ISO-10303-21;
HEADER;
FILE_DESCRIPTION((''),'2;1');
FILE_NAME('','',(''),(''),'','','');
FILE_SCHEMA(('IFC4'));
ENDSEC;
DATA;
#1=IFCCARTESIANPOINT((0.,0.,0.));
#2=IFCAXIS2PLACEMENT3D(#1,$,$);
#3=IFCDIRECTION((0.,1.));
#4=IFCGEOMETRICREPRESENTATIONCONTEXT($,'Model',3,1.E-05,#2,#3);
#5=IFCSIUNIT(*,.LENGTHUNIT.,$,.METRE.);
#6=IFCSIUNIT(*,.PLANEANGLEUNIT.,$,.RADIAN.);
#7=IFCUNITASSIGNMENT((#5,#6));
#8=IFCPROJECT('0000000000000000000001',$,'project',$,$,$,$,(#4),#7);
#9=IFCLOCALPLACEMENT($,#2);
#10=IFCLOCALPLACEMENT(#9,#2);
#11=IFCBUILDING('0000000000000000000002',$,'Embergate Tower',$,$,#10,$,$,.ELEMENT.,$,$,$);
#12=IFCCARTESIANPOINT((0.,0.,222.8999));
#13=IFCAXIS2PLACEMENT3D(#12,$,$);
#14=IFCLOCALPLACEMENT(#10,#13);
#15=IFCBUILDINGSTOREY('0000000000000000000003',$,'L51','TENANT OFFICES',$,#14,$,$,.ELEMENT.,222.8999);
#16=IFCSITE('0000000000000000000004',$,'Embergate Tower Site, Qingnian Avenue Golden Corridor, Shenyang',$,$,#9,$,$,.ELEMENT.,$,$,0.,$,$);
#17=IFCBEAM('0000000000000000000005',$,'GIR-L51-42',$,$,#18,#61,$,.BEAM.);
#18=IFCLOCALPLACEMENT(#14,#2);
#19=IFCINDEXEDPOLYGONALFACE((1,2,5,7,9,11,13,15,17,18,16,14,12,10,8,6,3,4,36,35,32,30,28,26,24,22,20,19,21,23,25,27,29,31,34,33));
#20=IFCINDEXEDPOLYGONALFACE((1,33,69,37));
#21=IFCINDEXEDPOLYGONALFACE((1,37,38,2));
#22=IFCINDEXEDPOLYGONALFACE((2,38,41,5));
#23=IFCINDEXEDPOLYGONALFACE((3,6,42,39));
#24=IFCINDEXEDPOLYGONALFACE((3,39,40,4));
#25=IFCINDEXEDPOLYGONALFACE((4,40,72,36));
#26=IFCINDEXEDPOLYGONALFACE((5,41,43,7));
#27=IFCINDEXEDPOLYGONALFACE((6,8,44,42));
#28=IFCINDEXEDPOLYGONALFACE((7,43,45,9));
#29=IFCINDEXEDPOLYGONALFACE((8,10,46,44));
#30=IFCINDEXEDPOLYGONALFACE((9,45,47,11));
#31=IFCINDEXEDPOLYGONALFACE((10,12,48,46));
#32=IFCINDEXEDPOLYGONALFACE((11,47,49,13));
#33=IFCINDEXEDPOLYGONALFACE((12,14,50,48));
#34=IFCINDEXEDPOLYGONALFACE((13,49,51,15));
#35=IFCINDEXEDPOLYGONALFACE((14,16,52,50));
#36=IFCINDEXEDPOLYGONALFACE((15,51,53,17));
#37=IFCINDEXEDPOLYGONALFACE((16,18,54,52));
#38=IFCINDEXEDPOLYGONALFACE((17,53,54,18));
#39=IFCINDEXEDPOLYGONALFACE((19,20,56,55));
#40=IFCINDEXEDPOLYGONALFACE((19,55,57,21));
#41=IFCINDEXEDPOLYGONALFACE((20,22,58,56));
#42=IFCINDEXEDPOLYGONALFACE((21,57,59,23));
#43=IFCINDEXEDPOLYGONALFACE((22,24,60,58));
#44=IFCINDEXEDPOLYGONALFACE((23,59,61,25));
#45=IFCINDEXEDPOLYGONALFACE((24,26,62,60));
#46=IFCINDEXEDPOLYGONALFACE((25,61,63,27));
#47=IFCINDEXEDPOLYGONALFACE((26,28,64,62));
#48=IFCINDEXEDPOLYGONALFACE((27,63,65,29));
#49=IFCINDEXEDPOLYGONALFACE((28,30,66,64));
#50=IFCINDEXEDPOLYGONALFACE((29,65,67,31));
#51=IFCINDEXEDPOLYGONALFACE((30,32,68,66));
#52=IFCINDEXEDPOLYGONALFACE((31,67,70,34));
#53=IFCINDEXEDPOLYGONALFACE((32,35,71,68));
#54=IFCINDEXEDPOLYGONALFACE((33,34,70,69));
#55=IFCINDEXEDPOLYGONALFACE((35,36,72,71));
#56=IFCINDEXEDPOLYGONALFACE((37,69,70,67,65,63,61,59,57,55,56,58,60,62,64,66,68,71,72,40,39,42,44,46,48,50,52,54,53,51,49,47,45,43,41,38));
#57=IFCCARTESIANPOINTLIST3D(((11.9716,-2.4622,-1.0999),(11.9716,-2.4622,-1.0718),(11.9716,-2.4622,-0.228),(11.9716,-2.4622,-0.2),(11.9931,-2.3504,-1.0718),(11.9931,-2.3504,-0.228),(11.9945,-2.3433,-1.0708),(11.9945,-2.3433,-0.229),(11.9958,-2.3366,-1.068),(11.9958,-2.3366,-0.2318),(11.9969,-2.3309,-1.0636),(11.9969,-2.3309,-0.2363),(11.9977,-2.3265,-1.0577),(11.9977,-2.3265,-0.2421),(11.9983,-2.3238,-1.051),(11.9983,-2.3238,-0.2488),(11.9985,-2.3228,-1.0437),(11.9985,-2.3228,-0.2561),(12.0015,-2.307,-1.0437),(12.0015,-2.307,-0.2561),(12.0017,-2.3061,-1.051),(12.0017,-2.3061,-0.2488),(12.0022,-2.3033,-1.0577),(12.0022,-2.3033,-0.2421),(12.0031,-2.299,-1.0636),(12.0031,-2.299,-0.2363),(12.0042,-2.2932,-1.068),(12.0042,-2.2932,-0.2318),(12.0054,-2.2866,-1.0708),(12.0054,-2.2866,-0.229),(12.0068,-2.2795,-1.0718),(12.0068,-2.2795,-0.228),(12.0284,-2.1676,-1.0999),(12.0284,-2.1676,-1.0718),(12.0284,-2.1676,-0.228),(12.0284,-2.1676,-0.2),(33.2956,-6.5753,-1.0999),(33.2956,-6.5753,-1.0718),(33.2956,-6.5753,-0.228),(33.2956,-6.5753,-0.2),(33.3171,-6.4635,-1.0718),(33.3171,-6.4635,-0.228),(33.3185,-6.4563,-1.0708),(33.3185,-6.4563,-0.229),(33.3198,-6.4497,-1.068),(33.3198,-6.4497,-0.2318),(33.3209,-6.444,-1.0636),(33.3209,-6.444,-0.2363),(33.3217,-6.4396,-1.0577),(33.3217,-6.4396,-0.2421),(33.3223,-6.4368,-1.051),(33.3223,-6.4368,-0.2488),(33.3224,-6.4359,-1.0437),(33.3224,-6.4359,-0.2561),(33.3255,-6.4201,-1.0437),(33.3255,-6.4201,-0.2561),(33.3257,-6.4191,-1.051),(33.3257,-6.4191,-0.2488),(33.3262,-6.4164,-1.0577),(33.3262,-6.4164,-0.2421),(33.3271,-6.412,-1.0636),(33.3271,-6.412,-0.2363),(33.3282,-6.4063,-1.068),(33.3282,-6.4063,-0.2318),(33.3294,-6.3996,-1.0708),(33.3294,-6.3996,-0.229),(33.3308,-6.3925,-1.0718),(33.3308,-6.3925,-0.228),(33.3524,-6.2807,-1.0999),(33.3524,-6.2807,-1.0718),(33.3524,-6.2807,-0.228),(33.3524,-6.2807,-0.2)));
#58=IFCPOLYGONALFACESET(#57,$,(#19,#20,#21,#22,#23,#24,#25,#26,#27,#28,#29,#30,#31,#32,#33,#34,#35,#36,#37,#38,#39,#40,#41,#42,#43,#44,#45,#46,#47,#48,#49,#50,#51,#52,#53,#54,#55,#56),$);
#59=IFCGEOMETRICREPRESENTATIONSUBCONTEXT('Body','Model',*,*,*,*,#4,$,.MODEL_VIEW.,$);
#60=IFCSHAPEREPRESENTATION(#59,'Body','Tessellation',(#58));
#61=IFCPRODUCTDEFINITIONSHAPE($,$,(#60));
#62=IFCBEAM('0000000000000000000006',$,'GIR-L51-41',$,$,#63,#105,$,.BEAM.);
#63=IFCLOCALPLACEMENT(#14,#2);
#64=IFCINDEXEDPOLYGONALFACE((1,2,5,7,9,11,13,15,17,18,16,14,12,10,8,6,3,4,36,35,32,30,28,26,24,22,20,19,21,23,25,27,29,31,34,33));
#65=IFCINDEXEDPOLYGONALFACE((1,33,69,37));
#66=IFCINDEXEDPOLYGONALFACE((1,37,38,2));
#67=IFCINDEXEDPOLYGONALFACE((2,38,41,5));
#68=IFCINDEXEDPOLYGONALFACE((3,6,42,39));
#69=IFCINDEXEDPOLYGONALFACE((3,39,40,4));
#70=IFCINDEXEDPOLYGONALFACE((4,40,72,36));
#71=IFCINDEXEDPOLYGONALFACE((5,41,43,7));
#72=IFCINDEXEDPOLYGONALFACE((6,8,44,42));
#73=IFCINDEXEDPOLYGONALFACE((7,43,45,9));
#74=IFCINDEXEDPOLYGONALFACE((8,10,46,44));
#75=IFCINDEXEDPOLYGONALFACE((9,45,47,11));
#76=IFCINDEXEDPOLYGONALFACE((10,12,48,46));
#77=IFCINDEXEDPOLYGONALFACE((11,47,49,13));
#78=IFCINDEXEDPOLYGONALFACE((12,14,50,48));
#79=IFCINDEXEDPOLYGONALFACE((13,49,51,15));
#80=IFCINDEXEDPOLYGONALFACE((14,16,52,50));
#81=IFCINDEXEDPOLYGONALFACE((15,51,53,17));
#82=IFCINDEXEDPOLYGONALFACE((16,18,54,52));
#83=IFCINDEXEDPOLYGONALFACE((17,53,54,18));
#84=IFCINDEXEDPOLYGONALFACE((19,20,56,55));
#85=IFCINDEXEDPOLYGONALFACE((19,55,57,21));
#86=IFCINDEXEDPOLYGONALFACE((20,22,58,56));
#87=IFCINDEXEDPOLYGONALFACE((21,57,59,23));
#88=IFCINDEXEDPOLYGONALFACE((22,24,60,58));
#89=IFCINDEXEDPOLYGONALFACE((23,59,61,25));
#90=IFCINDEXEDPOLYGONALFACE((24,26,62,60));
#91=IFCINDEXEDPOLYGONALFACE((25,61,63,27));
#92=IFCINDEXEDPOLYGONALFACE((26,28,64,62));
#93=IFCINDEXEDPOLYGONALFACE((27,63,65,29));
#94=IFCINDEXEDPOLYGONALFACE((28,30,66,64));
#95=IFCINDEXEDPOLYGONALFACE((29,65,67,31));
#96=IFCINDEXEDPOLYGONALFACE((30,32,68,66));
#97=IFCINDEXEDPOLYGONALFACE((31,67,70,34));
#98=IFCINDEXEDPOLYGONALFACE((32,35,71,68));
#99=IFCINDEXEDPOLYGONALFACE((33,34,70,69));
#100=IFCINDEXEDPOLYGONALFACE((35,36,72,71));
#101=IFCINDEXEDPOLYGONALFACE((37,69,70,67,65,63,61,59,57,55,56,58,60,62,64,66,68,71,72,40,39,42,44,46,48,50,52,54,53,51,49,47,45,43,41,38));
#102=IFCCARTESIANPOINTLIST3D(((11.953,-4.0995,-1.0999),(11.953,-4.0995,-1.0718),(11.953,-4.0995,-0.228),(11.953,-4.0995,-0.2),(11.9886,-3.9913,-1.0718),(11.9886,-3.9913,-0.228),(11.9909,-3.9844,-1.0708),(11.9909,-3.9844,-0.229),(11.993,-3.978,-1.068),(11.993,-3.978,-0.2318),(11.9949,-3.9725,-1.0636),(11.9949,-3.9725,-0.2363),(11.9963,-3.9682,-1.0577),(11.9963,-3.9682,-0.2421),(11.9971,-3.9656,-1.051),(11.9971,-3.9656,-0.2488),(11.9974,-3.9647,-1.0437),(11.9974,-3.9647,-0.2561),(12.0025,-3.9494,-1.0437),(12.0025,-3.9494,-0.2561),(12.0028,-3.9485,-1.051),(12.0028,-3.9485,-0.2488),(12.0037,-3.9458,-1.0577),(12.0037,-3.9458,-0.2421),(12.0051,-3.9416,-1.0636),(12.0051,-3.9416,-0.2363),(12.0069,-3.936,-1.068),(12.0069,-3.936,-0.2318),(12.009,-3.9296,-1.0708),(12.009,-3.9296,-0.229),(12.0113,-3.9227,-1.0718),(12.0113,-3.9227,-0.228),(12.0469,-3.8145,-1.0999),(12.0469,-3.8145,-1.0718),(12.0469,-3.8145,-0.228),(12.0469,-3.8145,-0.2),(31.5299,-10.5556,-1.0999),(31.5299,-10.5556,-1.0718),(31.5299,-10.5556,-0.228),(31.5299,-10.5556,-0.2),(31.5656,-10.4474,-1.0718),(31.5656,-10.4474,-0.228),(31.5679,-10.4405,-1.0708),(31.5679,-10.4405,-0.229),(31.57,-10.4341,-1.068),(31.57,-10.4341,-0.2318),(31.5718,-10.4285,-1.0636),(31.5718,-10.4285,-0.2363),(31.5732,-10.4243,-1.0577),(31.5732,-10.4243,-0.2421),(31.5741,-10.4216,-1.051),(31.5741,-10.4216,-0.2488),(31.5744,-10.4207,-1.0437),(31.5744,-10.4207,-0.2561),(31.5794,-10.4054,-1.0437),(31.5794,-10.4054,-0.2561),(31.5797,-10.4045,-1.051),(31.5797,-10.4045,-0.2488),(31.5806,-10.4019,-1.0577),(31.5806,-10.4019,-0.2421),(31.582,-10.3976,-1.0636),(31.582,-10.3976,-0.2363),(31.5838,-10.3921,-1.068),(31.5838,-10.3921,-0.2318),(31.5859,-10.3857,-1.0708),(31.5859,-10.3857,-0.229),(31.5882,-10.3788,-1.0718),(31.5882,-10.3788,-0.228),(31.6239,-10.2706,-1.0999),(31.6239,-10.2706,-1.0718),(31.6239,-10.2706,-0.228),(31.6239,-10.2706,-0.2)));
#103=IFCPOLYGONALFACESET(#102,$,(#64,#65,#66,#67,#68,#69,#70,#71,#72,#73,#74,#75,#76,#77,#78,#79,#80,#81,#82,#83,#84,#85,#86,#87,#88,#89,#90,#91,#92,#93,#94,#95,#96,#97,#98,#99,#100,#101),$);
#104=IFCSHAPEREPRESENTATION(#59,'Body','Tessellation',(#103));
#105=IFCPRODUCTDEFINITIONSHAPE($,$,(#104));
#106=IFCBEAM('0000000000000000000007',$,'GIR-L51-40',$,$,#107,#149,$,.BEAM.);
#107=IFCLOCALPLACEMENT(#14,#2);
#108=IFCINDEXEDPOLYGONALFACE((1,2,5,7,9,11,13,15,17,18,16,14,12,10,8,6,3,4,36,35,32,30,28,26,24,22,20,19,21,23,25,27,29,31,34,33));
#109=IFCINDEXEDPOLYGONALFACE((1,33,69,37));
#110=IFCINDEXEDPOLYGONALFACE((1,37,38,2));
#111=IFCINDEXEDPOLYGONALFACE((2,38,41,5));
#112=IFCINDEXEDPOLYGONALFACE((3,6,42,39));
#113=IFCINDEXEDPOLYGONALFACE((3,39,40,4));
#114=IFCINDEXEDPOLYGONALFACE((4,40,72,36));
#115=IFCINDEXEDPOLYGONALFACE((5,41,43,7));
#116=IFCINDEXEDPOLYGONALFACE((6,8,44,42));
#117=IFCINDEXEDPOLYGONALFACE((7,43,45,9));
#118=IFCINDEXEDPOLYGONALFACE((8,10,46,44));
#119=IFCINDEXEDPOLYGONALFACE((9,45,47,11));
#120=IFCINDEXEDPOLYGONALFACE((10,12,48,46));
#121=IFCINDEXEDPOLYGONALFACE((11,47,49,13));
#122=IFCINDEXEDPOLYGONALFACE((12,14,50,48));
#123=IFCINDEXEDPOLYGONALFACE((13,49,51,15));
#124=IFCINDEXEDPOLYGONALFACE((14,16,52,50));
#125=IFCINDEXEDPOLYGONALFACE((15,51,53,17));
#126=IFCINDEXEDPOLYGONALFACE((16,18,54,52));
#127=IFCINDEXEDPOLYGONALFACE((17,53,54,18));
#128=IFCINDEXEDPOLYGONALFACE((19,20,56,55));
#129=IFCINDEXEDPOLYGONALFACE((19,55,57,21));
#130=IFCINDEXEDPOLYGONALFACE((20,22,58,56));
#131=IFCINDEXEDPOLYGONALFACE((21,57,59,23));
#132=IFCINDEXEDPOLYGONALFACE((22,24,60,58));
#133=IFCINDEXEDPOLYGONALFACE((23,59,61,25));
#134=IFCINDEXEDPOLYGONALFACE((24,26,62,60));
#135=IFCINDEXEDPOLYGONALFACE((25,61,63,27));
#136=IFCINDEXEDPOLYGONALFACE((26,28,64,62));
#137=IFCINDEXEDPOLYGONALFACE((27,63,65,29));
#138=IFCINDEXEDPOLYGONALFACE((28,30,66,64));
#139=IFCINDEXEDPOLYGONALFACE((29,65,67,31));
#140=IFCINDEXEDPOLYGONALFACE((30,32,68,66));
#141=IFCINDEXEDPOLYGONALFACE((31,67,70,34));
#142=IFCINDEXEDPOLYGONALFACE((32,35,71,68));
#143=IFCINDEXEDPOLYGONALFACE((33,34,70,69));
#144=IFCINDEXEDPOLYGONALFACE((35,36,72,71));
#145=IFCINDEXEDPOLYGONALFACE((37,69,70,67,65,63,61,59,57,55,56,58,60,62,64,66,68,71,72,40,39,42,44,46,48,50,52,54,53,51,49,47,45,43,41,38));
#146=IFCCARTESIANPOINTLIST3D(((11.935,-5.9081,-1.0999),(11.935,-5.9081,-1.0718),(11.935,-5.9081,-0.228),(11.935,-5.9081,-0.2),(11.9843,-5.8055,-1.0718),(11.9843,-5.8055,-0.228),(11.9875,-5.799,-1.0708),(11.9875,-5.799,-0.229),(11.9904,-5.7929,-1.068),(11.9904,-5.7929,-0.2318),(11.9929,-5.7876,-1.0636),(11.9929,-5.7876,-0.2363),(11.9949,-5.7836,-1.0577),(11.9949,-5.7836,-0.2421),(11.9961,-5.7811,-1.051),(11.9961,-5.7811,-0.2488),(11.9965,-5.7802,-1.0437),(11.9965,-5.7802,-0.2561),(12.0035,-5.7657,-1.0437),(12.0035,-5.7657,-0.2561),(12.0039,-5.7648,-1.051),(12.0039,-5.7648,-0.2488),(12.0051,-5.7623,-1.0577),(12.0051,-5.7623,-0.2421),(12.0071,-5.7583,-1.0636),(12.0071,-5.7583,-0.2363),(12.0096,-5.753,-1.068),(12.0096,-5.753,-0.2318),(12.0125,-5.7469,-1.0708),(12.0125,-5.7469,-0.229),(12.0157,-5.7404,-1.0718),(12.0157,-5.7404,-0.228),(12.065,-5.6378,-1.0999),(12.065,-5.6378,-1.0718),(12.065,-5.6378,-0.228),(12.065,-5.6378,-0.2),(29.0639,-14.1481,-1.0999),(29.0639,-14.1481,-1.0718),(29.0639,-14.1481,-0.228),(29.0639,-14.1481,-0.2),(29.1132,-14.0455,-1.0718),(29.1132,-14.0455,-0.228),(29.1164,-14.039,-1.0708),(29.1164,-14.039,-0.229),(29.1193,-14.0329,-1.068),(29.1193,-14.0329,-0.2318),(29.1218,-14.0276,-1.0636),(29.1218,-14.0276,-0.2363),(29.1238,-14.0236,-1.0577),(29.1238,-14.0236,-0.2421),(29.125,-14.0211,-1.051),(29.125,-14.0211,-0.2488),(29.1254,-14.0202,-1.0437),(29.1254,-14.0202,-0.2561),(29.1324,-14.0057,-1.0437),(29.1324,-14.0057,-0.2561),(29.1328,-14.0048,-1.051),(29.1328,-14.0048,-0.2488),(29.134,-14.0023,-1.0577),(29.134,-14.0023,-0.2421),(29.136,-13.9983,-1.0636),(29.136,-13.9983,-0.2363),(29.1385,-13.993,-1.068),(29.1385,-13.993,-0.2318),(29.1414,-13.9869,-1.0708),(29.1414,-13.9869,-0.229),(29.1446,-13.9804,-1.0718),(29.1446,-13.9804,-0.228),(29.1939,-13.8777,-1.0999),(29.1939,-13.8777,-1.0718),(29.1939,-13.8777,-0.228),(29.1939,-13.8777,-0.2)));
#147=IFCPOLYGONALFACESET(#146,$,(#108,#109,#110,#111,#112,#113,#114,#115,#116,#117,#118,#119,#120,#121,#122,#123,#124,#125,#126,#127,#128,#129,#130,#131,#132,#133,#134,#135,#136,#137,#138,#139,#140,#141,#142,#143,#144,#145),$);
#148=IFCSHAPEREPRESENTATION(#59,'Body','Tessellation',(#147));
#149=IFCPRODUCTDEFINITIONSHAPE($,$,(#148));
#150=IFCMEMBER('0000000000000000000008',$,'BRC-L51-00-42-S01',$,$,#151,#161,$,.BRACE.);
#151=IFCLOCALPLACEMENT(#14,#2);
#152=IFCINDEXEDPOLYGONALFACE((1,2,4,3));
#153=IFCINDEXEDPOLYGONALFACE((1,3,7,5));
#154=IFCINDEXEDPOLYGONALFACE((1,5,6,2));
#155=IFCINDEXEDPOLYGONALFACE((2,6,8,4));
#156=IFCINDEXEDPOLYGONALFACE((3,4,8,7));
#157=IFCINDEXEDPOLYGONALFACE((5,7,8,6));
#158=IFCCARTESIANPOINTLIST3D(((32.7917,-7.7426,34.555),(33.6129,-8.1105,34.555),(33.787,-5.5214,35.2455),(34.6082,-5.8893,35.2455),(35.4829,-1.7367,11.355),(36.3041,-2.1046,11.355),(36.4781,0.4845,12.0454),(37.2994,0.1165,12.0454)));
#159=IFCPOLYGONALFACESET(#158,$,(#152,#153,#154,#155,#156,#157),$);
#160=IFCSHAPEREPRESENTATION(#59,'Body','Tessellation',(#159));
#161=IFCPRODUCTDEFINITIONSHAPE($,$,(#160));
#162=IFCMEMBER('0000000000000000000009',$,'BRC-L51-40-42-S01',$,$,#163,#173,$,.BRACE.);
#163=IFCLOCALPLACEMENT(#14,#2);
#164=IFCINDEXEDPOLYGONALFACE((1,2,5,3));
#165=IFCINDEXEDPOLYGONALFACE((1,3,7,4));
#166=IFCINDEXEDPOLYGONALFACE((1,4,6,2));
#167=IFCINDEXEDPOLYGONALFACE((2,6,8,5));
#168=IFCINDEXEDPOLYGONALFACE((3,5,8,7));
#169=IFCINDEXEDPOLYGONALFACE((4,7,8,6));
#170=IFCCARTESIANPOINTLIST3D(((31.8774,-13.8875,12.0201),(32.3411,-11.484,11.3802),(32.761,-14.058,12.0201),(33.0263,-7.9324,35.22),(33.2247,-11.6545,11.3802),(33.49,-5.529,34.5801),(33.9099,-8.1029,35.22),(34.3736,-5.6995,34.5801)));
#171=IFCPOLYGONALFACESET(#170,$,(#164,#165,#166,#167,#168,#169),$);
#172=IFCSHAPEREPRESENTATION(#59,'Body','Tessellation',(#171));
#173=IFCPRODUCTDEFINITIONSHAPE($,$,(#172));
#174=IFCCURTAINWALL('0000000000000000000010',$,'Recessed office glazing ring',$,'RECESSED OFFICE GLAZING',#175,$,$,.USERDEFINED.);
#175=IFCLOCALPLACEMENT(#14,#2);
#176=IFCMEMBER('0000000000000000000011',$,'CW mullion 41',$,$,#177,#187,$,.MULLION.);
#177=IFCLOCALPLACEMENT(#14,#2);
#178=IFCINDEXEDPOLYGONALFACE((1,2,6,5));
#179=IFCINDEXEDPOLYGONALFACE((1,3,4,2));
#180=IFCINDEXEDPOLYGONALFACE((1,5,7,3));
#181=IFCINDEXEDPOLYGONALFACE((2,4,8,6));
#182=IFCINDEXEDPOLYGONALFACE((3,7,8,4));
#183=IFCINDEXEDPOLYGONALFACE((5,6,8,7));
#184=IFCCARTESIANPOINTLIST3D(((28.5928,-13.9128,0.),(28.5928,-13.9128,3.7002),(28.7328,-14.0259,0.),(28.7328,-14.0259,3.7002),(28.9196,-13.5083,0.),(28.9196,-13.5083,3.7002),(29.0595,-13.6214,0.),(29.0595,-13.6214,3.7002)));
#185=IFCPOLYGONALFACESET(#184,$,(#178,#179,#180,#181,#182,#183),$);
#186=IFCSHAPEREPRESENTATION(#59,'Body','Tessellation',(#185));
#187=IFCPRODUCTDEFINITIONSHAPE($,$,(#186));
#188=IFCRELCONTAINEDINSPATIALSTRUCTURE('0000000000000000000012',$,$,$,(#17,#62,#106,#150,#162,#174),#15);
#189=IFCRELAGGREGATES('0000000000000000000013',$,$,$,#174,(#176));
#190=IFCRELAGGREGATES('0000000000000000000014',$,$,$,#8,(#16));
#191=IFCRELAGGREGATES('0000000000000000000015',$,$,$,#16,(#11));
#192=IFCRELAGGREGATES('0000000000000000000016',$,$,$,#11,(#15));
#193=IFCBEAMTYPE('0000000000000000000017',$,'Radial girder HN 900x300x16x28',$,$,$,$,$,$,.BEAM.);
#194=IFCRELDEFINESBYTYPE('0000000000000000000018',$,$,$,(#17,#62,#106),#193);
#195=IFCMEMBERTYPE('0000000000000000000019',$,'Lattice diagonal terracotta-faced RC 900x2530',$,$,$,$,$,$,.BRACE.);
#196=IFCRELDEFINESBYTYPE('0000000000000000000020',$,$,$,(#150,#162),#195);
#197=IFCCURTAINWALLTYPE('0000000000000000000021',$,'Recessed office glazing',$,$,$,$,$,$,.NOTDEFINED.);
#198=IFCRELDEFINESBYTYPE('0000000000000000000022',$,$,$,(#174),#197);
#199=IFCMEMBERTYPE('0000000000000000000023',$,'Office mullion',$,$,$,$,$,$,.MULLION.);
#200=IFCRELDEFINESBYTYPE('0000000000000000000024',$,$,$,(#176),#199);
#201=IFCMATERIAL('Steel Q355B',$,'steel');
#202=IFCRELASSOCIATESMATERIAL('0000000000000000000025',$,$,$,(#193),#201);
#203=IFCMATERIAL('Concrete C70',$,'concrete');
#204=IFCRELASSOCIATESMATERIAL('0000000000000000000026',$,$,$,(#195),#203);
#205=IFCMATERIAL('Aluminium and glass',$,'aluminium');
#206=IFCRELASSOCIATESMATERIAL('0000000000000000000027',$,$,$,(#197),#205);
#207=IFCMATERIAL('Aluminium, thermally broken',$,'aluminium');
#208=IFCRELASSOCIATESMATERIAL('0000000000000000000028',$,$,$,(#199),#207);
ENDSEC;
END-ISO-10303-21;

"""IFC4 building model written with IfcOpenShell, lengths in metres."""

from ifc_helpers import new_model, si_unit, direction, frame, origin, origin_2d, place, context, subcontext, project, spatial, rectangle, i_section, extrude, source, transform, mapped, material, material_profile, profile_set, type_object, element, aggregate, save


model = new_model("IFC4")

# Units and contexts
model_context = context("Model", 3, precision=1e-05, world=origin(), true_north=direction((0.0, 1.0)))
body_context = subcontext(model_context, "Body", "Model", "MODEL_VIEW")
ifc_project = project(units=[si_unit("LENGTHUNIT", "METRE"), si_unit("PLANEANGLEUNIT", "RADIAN")], contexts=[model_context])

# Site, building, storey
site_placement = place(None, origin())
site = spatial("IfcSite", under=ifc_project, at=site_placement, Name="Embergate Tower Site, Qingnian Avenue Golden Corridor, Shenyang", CompositionType="ELEMENT", RefElevation=0.0)
building_placement = place(site_placement, origin())
building = spatial("IfcBuilding", under=site, at=building_placement, Name="Embergate Tower", CompositionType="ELEMENT")
storey_placement = place(building_placement, frame((0.0, 0.0, 222.8999)))
storey = spatial("IfcBuildingStorey", under=building, at=storey_placement, Name="L51", Description="TENANT OFFICES", CompositionType="ELEMENT", Elevation=222.8999)

# Beams
ifc_material_1 = material(Name="Steel Q355B", Category="steel")
ifc_material_profile_1 = material_profile(ifc_material_1, i_section(OverallWidth=0.3, OverallDepth=0.8999, WebThickness=0.0161, FlangeThickness=0.0281, FilletRadius=0.0281, at=origin_2d()), Name="HN 900x300x16x28")
ifc_profile_set_1 = profile_set([ifc_material_profile_1], Name="Steel Q355 grade B")
beam_type_1 = type_object("IfcBeamType", Name="Radial girder HN 900x300x16x28", PredefinedType="BEAM", material=ifc_profile_set_1)
shared_shape_1 = source(origin(), body_context, "Body", "SweptSolid", [
    extrude(i_section(OverallWidth=0.3, OverallDepth=0.8999, WebThickness=0.0161, FlangeThickness=0.0281, FilletRadius=0.0281, at=origin_2d()), origin(), (0.0, 0.0, 1.0), 21.717),
])
beam_1_placement = place(storey_placement, frame((33.324, -6.428, -0.6499), z_axis=(-0.981901, 0.189392, 0.0), x_axis=(-0.189392, -0.981901, 0.0)))
element("IfcBeam", 1, at=beam_1_placement, inside=storey, type_object=beam_type_1, Name="GIR-L51-42", PredefinedType="BEAM", context=body_context, shape_type="MappedRepresentation", body=[
    mapped(shared_shape_1, transform((0.0, 0.0, 0.0))),
])
shared_shape_2 = source(origin(), body_context, "Body", "SweptSolid", [
    extrude(i_section(OverallWidth=0.3, OverallDepth=0.8999, WebThickness=0.0161, FlangeThickness=0.0281, FilletRadius=0.0281, at=origin_2d()), origin(), (0.0, 0.0, 1.0), 20.614),
])
beam_2_placement = place(storey_placement, frame((31.5769, -10.4131, -0.6499), z_axis=(-0.949691, 0.313188, 0.0), x_axis=(-0.313188, -0.949691, 0.0)))
element("IfcBeam", 2, at=beam_2_placement, inside=storey, type_object=beam_type_1, Name="GIR-L51-41", PredefinedType="BEAM", context=body_context, shape_type="MappedRepresentation", body=[
    mapped(shared_shape_2, transform((0.0, 0.0, 0.0))),
])
shared_shape_3 = source(origin(), body_context, "Body", "SweptSolid", [
    extrude(i_section(OverallWidth=0.3, OverallDepth=0.8999, WebThickness=0.0161, FlangeThickness=0.0281, FilletRadius=0.0281, at=origin_2d()), origin(), (0.0, 0.0, 1.0), 19.0078),
])
beam_3_placement = place(storey_placement, frame((29.1289, -14.0129, -0.6499), z_axis=(-0.901151, 0.433505, 0.0), x_axis=(-0.433505, -0.901151, 0.0)))
element("IfcBeam", 3, at=beam_3_placement, inside=storey, type_object=beam_type_1, Name="GIR-L51-40", PredefinedType="BEAM", context=body_context, shape_type="MappedRepresentation", body=[
    mapped(shared_shape_3, transform((0.0, 0.0, 0.0))),
])

# Members
ifc_material_2 = material(Name="Concrete C70", Category="concrete")
ifc_material_profile_2 = material_profile(ifc_material_2, rectangle(XDim=0.8999, YDim=2.53, at=origin_2d()), Name="RC 900x2530")
ifc_profile_set_2 = profile_set([ifc_material_profile_2], Name="Concrete C70")
member_type_1 = type_object("IfcMemberType", Name="Lattice diagonal terracotta-faced RC 900x2530", PredefinedType="BRACE", material=ifc_profile_set_2)
shared_shape_4 = source(origin(), body_context, "Body", "SweptSolid", [
    extrude(rectangle(XDim=0.8999, YDim=2.53, at=origin_2d()), origin(), (0.0, 0.0, 1.0), 24.1155),
])
member_1_placement = place(storey_placement, frame((36.3911, -0.8101, 11.7002), z_axis=(-0.111595, -0.249047, 0.962041), x_axis=(0.912573, -0.408914, 0.0)))
element("IfcMember", 4, at=member_1_placement, inside=storey, type_object=member_type_1, Name="BRC-L51-00-42-S01", PredefinedType="BRACE", context=body_context, shape_type="MappedRepresentation", body=[
    mapped(shared_shape_4, transform((0.0, 0.0, 0.0))),
])
shared_shape_5 = source(origin(), body_context, "Body", "SweptSolid", [
    extrude(rectangle(XDim=0.8999, YDim=2.53, at=origin_2d()), origin(), (0.0, 0.0, 1.0), 23.9795),
])
member_2_placement = place(storey_placement, frame((32.551, -12.771, 11.7002), z_axis=(0.047913, 0.248339, 0.967487), x_axis=(-0.981893, 0.189439, 0.0)))
element("IfcMember", 5, at=member_2_placement, inside=storey, type_object=member_type_1, Name="BRC-L51-40-42-S01", PredefinedType="BRACE", context=body_context, shape_type="MappedRepresentation", body=[
    mapped(shared_shape_5, transform((0.0, 0.0, 0.0))),
])

# Curtain wall, member
ifc_material_3 = material(Name="Aluminium and glass", Category="aluminium")
curtain_wall_type = type_object("IfcCurtainWallType", Name="Recessed office glazing", PredefinedType="NOTDEFINED", material=ifc_material_3)
curtain_wall_placement = place(storey_placement, origin())
curtain_wall = element("IfcCurtainWall", 6, at=curtain_wall_placement, inside=storey, type_object=curtain_wall_type, Name="Recessed office glazing ring", ObjectType="RECESSED OFFICE GLAZING", PredefinedType="USERDEFINED")
ifc_material_4 = material(Name="Aluminium, thermally broken", Category="aluminium")
ifc_material_profile_3 = material_profile(ifc_material_4, rectangle(XDim=0.1799, YDim=0.52, at=origin_2d()), Name="AL 520x180")
ifc_profile_set_3 = profile_set([ifc_material_profile_3], Name="Aluminium, thermally broken")
member_type_2 = type_object("IfcMemberType", Name="Office mullion", PredefinedType="MULLION", material=ifc_profile_set_3)
shared_shape_6 = source(origin(), body_context, "Body", "SweptSolid", [
    extrude(rectangle(XDim=0.1799, YDim=0.52, at=origin_2d()), origin(), (0.0, 0.0, 1.0), 3.7002),
])
member_3_placement = place(storey_placement, frame((28.8262, -13.7671, 0.0), z_axis=(0.0, 0.0, 1.0), x_axis=(-0.777873, 0.628422, 0.0)))
member_3 = element("IfcMember", 7, at=member_3_placement, type_object=member_type_2, Name="CW mullion 41", PredefinedType="MULLION", context=body_context, shape_type="MappedRepresentation", body=[
    mapped(shared_shape_6, transform((0.0, 0.0, 0.0))),
])
aggregate(curtain_wall, [member_3])

save(model, "model.ifc")
